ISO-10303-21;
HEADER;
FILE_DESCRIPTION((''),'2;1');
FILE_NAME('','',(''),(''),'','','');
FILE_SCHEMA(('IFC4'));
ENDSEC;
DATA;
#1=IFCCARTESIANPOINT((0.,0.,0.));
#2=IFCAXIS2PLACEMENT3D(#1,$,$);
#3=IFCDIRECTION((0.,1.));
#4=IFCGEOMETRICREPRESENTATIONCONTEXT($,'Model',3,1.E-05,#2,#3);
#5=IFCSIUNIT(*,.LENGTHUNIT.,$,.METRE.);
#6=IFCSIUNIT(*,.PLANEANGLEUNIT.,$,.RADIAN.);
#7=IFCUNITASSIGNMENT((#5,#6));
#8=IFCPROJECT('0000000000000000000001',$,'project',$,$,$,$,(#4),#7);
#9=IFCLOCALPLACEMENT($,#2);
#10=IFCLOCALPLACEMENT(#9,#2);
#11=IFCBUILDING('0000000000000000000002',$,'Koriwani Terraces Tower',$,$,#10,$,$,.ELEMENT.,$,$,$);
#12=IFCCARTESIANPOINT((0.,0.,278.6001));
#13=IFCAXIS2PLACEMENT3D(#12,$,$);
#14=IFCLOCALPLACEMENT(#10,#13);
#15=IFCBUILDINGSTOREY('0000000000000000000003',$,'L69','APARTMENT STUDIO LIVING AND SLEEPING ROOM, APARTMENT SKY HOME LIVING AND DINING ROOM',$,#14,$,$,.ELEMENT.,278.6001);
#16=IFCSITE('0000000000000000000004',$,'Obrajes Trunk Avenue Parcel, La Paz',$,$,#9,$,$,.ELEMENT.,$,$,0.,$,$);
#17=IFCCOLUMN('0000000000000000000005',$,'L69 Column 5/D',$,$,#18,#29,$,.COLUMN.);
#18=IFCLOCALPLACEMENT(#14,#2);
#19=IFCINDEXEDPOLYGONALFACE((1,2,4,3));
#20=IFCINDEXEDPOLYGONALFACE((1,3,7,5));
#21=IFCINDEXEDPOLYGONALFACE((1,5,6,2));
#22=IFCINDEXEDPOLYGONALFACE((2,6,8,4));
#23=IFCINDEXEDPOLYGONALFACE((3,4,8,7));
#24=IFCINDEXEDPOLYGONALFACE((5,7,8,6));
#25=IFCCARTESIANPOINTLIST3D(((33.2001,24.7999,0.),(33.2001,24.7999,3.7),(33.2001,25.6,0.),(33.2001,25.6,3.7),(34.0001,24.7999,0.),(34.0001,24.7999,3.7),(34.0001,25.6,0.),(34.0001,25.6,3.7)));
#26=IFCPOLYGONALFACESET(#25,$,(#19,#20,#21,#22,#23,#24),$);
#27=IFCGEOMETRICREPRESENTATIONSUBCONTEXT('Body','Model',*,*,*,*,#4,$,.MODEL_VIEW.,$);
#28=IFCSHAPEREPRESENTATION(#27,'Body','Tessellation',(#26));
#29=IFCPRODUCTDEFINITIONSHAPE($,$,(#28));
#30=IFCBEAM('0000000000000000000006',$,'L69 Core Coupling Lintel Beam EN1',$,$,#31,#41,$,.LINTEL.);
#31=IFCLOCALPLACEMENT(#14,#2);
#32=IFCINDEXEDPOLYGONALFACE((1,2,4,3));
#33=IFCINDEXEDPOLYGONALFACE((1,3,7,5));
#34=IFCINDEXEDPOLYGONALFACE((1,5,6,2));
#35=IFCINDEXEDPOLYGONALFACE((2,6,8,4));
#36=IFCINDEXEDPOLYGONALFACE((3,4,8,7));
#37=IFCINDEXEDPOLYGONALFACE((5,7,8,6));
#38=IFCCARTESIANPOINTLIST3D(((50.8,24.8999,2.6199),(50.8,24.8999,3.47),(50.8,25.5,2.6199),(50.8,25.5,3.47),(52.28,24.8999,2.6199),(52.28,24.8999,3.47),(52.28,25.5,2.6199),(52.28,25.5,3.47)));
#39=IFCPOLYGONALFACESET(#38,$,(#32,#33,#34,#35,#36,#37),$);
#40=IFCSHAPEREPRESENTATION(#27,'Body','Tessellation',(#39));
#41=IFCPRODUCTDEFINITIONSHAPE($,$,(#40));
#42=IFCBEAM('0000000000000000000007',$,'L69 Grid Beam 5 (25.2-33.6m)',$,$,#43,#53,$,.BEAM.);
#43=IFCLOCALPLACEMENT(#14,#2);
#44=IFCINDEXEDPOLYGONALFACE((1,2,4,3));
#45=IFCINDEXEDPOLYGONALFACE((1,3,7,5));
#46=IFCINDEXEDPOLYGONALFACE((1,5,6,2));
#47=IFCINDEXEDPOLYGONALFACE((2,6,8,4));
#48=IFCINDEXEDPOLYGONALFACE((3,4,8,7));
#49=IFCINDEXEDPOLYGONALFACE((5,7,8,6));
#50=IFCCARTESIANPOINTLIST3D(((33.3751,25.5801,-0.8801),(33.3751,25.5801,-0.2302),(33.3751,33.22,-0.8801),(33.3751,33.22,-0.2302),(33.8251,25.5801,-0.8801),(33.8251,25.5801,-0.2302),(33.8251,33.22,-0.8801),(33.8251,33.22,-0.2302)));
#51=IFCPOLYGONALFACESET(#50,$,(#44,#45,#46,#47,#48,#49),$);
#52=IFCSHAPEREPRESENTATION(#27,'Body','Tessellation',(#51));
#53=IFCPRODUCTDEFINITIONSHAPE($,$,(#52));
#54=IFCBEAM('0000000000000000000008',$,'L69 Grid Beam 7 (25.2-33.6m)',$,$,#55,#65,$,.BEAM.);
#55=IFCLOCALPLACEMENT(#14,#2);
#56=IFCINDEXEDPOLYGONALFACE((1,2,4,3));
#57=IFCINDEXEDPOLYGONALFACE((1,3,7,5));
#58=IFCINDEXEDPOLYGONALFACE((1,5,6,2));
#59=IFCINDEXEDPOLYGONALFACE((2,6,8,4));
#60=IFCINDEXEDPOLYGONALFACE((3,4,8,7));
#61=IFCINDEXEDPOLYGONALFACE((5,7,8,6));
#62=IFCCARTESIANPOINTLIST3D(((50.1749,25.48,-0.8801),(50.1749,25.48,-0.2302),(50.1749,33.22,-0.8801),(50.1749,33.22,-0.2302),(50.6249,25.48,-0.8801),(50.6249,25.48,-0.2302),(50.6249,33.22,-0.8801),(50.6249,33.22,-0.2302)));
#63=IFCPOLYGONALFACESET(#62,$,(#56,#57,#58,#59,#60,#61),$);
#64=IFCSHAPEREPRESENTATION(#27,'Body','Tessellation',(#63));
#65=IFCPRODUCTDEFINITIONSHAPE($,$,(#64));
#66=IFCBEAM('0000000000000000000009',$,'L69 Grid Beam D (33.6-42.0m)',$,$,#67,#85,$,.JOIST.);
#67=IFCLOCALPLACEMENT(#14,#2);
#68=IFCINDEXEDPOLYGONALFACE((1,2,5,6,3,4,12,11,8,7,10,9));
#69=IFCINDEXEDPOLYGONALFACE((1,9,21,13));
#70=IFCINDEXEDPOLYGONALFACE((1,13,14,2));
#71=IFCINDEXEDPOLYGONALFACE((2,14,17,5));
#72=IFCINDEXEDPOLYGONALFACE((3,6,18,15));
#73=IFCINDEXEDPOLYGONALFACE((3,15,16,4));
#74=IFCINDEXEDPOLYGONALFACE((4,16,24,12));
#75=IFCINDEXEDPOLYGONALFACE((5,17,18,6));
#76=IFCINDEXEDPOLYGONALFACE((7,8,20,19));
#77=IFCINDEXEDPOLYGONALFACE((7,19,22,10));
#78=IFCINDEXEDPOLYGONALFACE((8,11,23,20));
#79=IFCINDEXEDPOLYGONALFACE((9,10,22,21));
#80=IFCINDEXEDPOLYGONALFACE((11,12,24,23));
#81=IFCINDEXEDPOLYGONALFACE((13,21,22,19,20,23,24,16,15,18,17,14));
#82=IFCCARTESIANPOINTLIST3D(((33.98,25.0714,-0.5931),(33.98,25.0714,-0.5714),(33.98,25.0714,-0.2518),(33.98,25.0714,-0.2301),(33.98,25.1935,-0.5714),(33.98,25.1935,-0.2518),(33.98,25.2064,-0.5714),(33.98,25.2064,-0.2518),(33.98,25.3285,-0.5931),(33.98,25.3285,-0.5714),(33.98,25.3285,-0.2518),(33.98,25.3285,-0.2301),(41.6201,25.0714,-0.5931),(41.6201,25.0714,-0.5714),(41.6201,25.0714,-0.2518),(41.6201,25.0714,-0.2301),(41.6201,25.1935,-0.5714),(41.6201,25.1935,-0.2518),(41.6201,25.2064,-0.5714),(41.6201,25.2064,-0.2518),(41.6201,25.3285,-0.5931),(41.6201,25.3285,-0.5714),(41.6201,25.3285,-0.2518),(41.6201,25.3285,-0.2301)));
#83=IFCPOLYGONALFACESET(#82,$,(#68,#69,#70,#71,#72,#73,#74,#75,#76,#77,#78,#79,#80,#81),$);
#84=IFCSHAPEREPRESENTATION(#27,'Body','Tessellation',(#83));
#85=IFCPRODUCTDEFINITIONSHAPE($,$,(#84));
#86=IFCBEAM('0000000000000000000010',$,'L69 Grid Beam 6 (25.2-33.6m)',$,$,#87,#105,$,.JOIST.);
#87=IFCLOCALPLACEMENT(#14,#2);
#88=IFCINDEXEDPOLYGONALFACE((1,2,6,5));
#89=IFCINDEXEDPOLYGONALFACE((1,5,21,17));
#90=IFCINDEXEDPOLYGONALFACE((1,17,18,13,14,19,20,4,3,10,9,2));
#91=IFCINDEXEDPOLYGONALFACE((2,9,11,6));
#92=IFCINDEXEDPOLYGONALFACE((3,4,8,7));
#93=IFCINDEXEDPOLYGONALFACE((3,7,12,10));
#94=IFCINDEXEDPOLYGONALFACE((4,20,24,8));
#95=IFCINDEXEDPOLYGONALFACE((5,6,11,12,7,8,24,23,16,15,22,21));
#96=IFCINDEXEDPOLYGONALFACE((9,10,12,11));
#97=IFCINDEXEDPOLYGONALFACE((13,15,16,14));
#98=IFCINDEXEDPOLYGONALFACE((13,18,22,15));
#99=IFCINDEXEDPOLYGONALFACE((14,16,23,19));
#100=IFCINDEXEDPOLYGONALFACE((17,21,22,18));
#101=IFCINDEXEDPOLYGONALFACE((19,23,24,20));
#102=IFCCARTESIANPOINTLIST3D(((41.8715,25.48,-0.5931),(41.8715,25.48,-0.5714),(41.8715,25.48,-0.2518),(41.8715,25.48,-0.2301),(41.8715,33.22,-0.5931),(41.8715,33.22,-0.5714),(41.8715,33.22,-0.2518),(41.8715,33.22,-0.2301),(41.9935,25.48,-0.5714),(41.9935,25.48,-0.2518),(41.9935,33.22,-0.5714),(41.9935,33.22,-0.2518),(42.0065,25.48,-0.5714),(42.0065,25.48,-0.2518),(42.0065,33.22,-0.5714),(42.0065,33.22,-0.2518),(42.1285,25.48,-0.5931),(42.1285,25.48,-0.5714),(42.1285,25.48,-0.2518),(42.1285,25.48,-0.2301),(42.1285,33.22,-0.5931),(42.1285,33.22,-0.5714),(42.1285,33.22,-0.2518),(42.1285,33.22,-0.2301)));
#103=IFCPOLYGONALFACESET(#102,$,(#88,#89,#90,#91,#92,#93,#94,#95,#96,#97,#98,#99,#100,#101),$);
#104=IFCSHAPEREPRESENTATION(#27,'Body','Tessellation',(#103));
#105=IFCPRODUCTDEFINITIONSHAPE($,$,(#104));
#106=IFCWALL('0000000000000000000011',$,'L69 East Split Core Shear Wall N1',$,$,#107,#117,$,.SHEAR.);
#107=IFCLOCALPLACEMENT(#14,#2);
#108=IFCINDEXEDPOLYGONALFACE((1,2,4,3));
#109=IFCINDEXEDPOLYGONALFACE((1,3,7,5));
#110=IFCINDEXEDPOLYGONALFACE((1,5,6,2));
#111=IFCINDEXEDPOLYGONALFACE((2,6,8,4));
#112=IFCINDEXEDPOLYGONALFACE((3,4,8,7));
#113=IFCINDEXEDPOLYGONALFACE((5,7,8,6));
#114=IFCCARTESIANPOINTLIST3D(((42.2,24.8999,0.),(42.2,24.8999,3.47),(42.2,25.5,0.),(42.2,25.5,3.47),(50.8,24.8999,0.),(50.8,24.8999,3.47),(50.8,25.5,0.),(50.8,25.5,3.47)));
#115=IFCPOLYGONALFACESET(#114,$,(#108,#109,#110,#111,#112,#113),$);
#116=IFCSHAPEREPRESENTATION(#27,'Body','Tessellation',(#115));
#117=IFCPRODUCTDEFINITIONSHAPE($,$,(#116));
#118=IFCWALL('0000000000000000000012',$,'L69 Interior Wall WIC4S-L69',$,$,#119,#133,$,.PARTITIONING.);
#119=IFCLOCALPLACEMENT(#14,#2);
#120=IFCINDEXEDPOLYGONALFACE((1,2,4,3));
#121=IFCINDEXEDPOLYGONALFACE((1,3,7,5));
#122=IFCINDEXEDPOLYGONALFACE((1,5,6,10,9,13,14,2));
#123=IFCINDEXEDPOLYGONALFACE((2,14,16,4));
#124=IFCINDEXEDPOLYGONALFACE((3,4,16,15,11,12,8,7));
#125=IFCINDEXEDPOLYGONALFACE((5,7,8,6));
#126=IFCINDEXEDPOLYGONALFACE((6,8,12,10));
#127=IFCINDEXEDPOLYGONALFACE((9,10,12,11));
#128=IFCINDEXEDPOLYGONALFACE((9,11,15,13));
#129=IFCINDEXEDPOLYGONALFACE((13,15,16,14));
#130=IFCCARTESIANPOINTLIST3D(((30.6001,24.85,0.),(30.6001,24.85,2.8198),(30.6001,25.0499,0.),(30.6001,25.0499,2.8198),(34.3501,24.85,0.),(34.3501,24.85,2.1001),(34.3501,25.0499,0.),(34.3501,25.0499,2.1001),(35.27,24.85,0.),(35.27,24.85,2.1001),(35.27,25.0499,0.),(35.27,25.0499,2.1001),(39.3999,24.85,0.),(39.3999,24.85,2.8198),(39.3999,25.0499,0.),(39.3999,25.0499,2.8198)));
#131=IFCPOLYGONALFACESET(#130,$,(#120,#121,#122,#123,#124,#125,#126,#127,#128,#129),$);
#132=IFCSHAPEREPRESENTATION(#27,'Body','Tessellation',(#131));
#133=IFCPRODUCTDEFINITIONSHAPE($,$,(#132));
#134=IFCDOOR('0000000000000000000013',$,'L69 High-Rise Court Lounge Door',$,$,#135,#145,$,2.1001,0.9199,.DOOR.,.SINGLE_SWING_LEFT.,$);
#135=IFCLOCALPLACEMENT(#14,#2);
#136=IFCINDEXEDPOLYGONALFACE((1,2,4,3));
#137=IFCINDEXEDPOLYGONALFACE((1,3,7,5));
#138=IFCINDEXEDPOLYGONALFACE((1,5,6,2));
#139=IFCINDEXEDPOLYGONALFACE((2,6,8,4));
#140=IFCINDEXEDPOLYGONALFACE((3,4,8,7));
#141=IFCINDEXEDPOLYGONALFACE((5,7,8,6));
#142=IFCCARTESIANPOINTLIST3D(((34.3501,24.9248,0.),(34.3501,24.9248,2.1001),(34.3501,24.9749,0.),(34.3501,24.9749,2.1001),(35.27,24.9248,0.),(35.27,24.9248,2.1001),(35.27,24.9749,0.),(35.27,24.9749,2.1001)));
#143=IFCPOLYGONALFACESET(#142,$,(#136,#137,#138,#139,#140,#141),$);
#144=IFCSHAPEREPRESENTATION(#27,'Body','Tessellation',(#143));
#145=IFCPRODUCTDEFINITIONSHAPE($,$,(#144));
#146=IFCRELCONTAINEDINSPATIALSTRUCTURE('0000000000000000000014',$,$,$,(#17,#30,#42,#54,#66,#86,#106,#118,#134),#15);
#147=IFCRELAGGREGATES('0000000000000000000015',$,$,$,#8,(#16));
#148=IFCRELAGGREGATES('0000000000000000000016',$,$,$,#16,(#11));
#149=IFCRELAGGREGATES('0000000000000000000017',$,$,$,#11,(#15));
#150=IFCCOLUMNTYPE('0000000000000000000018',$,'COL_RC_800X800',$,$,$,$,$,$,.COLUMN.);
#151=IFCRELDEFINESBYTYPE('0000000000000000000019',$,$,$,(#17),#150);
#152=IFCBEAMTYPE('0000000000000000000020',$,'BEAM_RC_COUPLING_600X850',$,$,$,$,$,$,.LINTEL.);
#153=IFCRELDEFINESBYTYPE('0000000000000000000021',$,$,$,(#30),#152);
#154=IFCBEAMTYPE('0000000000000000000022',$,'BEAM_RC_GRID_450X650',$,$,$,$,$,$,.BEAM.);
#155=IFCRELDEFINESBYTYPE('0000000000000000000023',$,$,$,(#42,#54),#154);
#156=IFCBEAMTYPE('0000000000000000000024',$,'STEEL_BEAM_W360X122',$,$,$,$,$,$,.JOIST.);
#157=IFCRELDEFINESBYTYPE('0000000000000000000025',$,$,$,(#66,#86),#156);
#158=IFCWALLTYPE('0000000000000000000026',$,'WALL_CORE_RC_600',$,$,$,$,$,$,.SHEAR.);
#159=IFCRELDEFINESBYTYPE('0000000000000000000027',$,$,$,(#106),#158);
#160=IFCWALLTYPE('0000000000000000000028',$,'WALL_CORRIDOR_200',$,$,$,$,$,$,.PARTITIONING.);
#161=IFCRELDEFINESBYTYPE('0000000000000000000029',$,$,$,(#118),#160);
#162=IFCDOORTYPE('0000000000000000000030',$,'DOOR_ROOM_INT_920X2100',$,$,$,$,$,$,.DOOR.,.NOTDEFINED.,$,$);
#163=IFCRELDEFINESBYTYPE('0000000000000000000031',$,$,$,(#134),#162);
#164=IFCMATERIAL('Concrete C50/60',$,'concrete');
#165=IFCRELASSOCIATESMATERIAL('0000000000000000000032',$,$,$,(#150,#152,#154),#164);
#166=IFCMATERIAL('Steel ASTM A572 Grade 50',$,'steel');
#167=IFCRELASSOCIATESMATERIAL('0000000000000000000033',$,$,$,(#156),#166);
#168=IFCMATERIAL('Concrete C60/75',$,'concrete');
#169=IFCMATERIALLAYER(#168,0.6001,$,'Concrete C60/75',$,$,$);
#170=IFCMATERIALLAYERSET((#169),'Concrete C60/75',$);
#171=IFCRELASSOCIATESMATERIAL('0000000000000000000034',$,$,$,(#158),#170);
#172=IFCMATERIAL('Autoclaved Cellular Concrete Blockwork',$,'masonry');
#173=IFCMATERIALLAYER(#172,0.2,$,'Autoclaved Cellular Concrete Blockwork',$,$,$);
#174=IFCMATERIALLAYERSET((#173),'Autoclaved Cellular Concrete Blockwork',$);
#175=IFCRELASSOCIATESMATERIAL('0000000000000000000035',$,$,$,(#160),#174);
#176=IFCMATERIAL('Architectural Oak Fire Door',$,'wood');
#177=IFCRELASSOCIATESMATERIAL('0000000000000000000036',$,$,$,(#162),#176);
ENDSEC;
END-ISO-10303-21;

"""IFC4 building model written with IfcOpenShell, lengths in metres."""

from ifc_helpers import new_model, si_unit, direction, frame, frame_2d, origin, origin_2d, place, context, subcontext, project, spatial, rectangle, i_section, extrude, material, layer, layer_set, material_profile, profile_set, type_object, element, fill, save


model = new_model("IFC4")

# Units and contexts
model_context = context("Model", 3, precision=1e-05, world=origin(), true_north=direction((0.0, 1.0)))
body_context = subcontext(model_context, "Body", "Model", "MODEL_VIEW")
ifc_project = project(units=[si_unit("LENGTHUNIT", "METRE"), si_unit("PLANEANGLEUNIT", "RADIAN")], contexts=[model_context])

# Site, building, storey
site_placement = place(None, origin())
site = spatial("IfcSite", under=ifc_project, at=site_placement, Name="Obrajes Trunk Avenue Parcel, La Paz", CompositionType="ELEMENT", RefElevation=0.0)
building_placement = place(site_placement, origin())
building = spatial("IfcBuilding", under=site, at=building_placement, Name="Koriwani Terraces Tower", CompositionType="ELEMENT")
storey_placement = place(building_placement, frame((0.0, 0.0, 278.6001)))
storey = spatial("IfcBuildingStorey", under=building, at=storey_placement, Name="L69", Description="APARTMENT STUDIO LIVING AND SLEEPING ROOM, APARTMENT SKY HOME LIVING AND DINING ROOM", CompositionType="ELEMENT", Elevation=278.6001)

# Column
ifc_material_1 = material(Name="Concrete C50/60", Category="concrete")
ifc_material_profile_1 = material_profile(ifc_material_1, rectangle(XDim=0.8, YDim=0.8, at=origin_2d()), Name="Concrete C50/60", Category="LoadBearing")
ifc_profile_set_1 = profile_set([ifc_material_profile_1], Name="Concrete C50/60")
column_type = type_object("IfcColumnType", Name="COL_RC_800X800", PredefinedType="COLUMN", material=ifc_profile_set_1)
column_placement = place(storey_placement, frame((33.6001, 25.2, 0.0), z_axis=(0.0, 0.0, 1.0), x_axis=(1.0, 0.0, 0.0)))
element("IfcColumn", 1, at=column_placement, inside=storey, type_object=column_type, Name="L69 Column 5/D", PredefinedType="COLUMN", context=body_context, shape_type="SweptSolid", body=[
    extrude(rectangle(XDim=0.8, YDim=0.8, at=origin_2d()), origin(), (0.0, 0.0, 1.0), 3.7),
])

# Beams
ifc_material_profile_2 = material_profile(ifc_material_1, rectangle(XDim=0.6001, YDim=0.8501, at=origin_2d()), Name="Concrete C50/60", Category="LoadBearing")
ifc_profile_set_2 = profile_set([ifc_material_profile_2], Name="Concrete C50/60")
beam_type_1 = type_object("IfcBeamType", Name="BEAM_RC_COUPLING_600X850", PredefinedType="LINTEL", material=ifc_profile_set_2)
beam_1_placement = place(storey_placement, frame((50.8, 25.2, 3.0449), z_axis=(1.0, 0.0, 0.0), x_axis=(0.0, 1.0, 0.0)))
element("IfcBeam", 2, at=beam_1_placement, inside=storey, type_object=beam_type_1, Name="L69 Core Coupling Lintel Beam EN1", PredefinedType="LINTEL", context=body_context, shape_type="SweptSolid", body=[
    extrude(rectangle(XDim=0.6001, YDim=0.8501, at=origin_2d()), origin(), (0.0, 0.0, 1.0), 1.48),
])
ifc_material_profile_3 = material_profile(ifc_material_1, rectangle(XDim=0.45, YDim=0.6499, at=origin_2d()), Name="Concrete C50/60", Category="LoadBearing")
ifc_profile_set_3 = profile_set([ifc_material_profile_3], Name="Concrete C50/60")
beam_type_2 = type_object("IfcBeamType", Name="BEAM_RC_GRID_450X650", PredefinedType="BEAM", material=ifc_profile_set_3)
beam_2_placement = place(storey_placement, frame((33.6001, 25.5801, -0.5552), z_axis=(0.0, 1.0, 0.0), x_axis=(-1.0, 0.0, 0.0)))
element("IfcBeam", 3, at=beam_2_placement, inside=storey, type_object=beam_type_2, Name="L69 Grid Beam 5 (25.2-33.6m)", PredefinedType="BEAM", context=body_context, shape_type="SweptSolid", body=[
    extrude(rectangle(XDim=0.45, YDim=0.6499, at=origin_2d()), origin(), (0.0, 0.0, 1.0), 7.6399),
])
beam_3_placement = place(storey_placement, frame((50.3999, 25.48, -0.5552), z_axis=(0.0, 1.0, 0.0), x_axis=(-1.0, 0.0, 0.0)))
element("IfcBeam", 4, at=beam_3_placement, inside=storey, type_object=beam_type_2, Name="L69 Grid Beam 7 (25.2-33.6m)", PredefinedType="BEAM", context=body_context, shape_type="SweptSolid", body=[
    extrude(rectangle(XDim=0.45, YDim=0.6499, at=origin_2d()), origin(), (0.0, 0.0, 1.0), 7.74),
])
ifc_material_2 = material(Name="Steel ASTM A572 Grade 50", Category="steel")
ifc_material_profile_4 = material_profile(ifc_material_2, i_section(OverallWidth=0.2571, OverallDepth=0.363, WebThickness=0.0129, FlangeThickness=0.0217, at=origin_2d()), Name="Steel ASTM A572 Grade 50", Category="LoadBearing")
ifc_profile_set_4 = profile_set([ifc_material_profile_4], Name="Steel ASTM A572 Grade 50")
beam_type_3 = type_object("IfcBeamType", Name="STEEL_BEAM_W360X122", PredefinedType="JOIST", material=ifc_profile_set_4)
beam_4_placement = place(storey_placement, frame((33.98, 25.2, -0.4116), z_axis=(1.0, 0.0, 0.0), x_axis=(0.0, 1.0, 0.0)))
element("IfcBeam", 5, at=beam_4_placement, inside=storey, type_object=beam_type_3, Name="L69 Grid Beam D (33.6-42.0m)", PredefinedType="JOIST", context=body_context, shape_type="SweptSolid", body=[
    extrude(i_section(OverallWidth=0.2571, OverallDepth=0.363, WebThickness=0.0129, FlangeThickness=0.0217, at=origin_2d()), origin(), (0.0, 0.0, 1.0), 7.6401),
])
beam_5_placement = place(storey_placement, frame((42.0, 25.48, -0.4116), z_axis=(0.0, 1.0, 0.0), x_axis=(-1.0, 0.0, 0.0)))
element("IfcBeam", 6, at=beam_5_placement, inside=storey, type_object=beam_type_3, Name="L69 Grid Beam 6 (25.2-33.6m)", PredefinedType="JOIST", context=body_context, shape_type="SweptSolid", body=[
    extrude(i_section(OverallWidth=0.2571, OverallDepth=0.363, WebThickness=0.0129, FlangeThickness=0.0217, at=origin_2d()), origin(), (0.0, 0.0, 1.0), 7.74),
])

# Wall
ifc_material_3 = material(Name="Concrete C60/75", Category="concrete")
ifc_layer_1 = layer(ifc_material_3, 0.6001, Name="Concrete C60/75")
ifc_layer_set_1 = layer_set([ifc_layer_1], Name="Concrete C60/75")
wall_type_1 = type_object("IfcWallType", Name="WALL_CORE_RC_600", PredefinedType="SHEAR", material=ifc_layer_set_1)
wall_1_placement = place(storey_placement, frame((42.2, 25.2, 0.0), z_axis=(0.0, 0.0, 1.0), x_axis=(1.0, 0.0, 0.0)))
element("IfcWall", 7, at=wall_1_placement, inside=storey, type_object=wall_type_1, Name="L69 East Split Core Shear Wall N1", PredefinedType="SHEAR", context=body_context, shape_type="SweptSolid", body=[
    extrude(rectangle(XDim=8.6001, YDim=0.6001, at=frame_2d((4.3, 0.0))), origin(), (0.0, 0.0, 1.0), 3.47),
])

# Wall, opening, door
ifc_material_4 = material(Name="Autoclaved Cellular Concrete Blockwork", Category="masonry")
ifc_layer_2 = layer(ifc_material_4, 0.2, Name="Autoclaved Cellular Concrete Blockwork")
ifc_layer_set_2 = layer_set([ifc_layer_2], Name="Autoclaved Cellular Concrete Blockwork")
wall_type_2 = type_object("IfcWallType", Name="WALL_CORRIDOR_200", PredefinedType="PARTITIONING", material=ifc_layer_set_2)
wall_2_placement = place(storey_placement, frame((30.6001, 24.95, 0.0), z_axis=(0.0, 0.0, 1.0), x_axis=(1.0, 0.0, 0.0)))
wall_2 = element("IfcWall", 8, at=wall_2_placement, inside=storey, type_object=wall_type_2, Name="L69 Interior Wall WIC4S-L69", PredefinedType="PARTITIONING", context=body_context, shape_type="SweptSolid", body=[
    extrude(rectangle(XDim=8.7998, YDim=0.2, at=frame_2d((4.3999, 0.0))), origin(), (0.0, 0.0, 1.0), 2.8198),
])
opening_1_placement = place(wall_2_placement, frame((3.75, 0.0, 0.0)))
opening_1 = element("IfcOpeningElement", 9, at=opening_1_placement, cuts=wall_2, PredefinedType="OPENING", context=body_context, shape_type="SweptSolid", body=[
    extrude(rectangle(XDim=0.9199, YDim=2.1001, at=frame_2d((0.46, 1.05))), frame((0.0, 0.1099, 0.0), z_axis=(0.0, -1.0, 0.0), x_axis=(1.0, 0.0, 0.0)), (0.0, 0.0, 1.0), 0.22),
])
ifc_material_5 = material(Name="Architectural Oak Fire Door", Category="wood")
door_type_1 = type_object("IfcDoorType", Name="DOOR_ROOM_INT_920X2100", OperationType="NOTDEFINED", PredefinedType="DOOR", material=ifc_material_5)
door_1_placement = place(opening_1_placement, origin())
door_1 = element("IfcDoor", 10, at=door_1_placement, inside=storey, type_object=door_type_1, Name="L69 High-Rise Court Lounge Door", OperationType="SINGLE_SWING_LEFT", OverallHeight=2.1001, OverallWidth=0.9199, PredefinedType="DOOR", context=body_context, shape_type="SweptSolid", body=[
    extrude(rectangle(XDim=0.9199, YDim=2.1001, at=frame_2d((0.46, 1.05))), frame((0.0, 0.0249, 0.0), z_axis=(0.0, -1.0, 0.0), x_axis=(1.0, 0.0, 0.0)), (0.0, 0.0, 1.0), 0.05),
])
fill(opening_1, door_1)

save(model, "model.ifc")
